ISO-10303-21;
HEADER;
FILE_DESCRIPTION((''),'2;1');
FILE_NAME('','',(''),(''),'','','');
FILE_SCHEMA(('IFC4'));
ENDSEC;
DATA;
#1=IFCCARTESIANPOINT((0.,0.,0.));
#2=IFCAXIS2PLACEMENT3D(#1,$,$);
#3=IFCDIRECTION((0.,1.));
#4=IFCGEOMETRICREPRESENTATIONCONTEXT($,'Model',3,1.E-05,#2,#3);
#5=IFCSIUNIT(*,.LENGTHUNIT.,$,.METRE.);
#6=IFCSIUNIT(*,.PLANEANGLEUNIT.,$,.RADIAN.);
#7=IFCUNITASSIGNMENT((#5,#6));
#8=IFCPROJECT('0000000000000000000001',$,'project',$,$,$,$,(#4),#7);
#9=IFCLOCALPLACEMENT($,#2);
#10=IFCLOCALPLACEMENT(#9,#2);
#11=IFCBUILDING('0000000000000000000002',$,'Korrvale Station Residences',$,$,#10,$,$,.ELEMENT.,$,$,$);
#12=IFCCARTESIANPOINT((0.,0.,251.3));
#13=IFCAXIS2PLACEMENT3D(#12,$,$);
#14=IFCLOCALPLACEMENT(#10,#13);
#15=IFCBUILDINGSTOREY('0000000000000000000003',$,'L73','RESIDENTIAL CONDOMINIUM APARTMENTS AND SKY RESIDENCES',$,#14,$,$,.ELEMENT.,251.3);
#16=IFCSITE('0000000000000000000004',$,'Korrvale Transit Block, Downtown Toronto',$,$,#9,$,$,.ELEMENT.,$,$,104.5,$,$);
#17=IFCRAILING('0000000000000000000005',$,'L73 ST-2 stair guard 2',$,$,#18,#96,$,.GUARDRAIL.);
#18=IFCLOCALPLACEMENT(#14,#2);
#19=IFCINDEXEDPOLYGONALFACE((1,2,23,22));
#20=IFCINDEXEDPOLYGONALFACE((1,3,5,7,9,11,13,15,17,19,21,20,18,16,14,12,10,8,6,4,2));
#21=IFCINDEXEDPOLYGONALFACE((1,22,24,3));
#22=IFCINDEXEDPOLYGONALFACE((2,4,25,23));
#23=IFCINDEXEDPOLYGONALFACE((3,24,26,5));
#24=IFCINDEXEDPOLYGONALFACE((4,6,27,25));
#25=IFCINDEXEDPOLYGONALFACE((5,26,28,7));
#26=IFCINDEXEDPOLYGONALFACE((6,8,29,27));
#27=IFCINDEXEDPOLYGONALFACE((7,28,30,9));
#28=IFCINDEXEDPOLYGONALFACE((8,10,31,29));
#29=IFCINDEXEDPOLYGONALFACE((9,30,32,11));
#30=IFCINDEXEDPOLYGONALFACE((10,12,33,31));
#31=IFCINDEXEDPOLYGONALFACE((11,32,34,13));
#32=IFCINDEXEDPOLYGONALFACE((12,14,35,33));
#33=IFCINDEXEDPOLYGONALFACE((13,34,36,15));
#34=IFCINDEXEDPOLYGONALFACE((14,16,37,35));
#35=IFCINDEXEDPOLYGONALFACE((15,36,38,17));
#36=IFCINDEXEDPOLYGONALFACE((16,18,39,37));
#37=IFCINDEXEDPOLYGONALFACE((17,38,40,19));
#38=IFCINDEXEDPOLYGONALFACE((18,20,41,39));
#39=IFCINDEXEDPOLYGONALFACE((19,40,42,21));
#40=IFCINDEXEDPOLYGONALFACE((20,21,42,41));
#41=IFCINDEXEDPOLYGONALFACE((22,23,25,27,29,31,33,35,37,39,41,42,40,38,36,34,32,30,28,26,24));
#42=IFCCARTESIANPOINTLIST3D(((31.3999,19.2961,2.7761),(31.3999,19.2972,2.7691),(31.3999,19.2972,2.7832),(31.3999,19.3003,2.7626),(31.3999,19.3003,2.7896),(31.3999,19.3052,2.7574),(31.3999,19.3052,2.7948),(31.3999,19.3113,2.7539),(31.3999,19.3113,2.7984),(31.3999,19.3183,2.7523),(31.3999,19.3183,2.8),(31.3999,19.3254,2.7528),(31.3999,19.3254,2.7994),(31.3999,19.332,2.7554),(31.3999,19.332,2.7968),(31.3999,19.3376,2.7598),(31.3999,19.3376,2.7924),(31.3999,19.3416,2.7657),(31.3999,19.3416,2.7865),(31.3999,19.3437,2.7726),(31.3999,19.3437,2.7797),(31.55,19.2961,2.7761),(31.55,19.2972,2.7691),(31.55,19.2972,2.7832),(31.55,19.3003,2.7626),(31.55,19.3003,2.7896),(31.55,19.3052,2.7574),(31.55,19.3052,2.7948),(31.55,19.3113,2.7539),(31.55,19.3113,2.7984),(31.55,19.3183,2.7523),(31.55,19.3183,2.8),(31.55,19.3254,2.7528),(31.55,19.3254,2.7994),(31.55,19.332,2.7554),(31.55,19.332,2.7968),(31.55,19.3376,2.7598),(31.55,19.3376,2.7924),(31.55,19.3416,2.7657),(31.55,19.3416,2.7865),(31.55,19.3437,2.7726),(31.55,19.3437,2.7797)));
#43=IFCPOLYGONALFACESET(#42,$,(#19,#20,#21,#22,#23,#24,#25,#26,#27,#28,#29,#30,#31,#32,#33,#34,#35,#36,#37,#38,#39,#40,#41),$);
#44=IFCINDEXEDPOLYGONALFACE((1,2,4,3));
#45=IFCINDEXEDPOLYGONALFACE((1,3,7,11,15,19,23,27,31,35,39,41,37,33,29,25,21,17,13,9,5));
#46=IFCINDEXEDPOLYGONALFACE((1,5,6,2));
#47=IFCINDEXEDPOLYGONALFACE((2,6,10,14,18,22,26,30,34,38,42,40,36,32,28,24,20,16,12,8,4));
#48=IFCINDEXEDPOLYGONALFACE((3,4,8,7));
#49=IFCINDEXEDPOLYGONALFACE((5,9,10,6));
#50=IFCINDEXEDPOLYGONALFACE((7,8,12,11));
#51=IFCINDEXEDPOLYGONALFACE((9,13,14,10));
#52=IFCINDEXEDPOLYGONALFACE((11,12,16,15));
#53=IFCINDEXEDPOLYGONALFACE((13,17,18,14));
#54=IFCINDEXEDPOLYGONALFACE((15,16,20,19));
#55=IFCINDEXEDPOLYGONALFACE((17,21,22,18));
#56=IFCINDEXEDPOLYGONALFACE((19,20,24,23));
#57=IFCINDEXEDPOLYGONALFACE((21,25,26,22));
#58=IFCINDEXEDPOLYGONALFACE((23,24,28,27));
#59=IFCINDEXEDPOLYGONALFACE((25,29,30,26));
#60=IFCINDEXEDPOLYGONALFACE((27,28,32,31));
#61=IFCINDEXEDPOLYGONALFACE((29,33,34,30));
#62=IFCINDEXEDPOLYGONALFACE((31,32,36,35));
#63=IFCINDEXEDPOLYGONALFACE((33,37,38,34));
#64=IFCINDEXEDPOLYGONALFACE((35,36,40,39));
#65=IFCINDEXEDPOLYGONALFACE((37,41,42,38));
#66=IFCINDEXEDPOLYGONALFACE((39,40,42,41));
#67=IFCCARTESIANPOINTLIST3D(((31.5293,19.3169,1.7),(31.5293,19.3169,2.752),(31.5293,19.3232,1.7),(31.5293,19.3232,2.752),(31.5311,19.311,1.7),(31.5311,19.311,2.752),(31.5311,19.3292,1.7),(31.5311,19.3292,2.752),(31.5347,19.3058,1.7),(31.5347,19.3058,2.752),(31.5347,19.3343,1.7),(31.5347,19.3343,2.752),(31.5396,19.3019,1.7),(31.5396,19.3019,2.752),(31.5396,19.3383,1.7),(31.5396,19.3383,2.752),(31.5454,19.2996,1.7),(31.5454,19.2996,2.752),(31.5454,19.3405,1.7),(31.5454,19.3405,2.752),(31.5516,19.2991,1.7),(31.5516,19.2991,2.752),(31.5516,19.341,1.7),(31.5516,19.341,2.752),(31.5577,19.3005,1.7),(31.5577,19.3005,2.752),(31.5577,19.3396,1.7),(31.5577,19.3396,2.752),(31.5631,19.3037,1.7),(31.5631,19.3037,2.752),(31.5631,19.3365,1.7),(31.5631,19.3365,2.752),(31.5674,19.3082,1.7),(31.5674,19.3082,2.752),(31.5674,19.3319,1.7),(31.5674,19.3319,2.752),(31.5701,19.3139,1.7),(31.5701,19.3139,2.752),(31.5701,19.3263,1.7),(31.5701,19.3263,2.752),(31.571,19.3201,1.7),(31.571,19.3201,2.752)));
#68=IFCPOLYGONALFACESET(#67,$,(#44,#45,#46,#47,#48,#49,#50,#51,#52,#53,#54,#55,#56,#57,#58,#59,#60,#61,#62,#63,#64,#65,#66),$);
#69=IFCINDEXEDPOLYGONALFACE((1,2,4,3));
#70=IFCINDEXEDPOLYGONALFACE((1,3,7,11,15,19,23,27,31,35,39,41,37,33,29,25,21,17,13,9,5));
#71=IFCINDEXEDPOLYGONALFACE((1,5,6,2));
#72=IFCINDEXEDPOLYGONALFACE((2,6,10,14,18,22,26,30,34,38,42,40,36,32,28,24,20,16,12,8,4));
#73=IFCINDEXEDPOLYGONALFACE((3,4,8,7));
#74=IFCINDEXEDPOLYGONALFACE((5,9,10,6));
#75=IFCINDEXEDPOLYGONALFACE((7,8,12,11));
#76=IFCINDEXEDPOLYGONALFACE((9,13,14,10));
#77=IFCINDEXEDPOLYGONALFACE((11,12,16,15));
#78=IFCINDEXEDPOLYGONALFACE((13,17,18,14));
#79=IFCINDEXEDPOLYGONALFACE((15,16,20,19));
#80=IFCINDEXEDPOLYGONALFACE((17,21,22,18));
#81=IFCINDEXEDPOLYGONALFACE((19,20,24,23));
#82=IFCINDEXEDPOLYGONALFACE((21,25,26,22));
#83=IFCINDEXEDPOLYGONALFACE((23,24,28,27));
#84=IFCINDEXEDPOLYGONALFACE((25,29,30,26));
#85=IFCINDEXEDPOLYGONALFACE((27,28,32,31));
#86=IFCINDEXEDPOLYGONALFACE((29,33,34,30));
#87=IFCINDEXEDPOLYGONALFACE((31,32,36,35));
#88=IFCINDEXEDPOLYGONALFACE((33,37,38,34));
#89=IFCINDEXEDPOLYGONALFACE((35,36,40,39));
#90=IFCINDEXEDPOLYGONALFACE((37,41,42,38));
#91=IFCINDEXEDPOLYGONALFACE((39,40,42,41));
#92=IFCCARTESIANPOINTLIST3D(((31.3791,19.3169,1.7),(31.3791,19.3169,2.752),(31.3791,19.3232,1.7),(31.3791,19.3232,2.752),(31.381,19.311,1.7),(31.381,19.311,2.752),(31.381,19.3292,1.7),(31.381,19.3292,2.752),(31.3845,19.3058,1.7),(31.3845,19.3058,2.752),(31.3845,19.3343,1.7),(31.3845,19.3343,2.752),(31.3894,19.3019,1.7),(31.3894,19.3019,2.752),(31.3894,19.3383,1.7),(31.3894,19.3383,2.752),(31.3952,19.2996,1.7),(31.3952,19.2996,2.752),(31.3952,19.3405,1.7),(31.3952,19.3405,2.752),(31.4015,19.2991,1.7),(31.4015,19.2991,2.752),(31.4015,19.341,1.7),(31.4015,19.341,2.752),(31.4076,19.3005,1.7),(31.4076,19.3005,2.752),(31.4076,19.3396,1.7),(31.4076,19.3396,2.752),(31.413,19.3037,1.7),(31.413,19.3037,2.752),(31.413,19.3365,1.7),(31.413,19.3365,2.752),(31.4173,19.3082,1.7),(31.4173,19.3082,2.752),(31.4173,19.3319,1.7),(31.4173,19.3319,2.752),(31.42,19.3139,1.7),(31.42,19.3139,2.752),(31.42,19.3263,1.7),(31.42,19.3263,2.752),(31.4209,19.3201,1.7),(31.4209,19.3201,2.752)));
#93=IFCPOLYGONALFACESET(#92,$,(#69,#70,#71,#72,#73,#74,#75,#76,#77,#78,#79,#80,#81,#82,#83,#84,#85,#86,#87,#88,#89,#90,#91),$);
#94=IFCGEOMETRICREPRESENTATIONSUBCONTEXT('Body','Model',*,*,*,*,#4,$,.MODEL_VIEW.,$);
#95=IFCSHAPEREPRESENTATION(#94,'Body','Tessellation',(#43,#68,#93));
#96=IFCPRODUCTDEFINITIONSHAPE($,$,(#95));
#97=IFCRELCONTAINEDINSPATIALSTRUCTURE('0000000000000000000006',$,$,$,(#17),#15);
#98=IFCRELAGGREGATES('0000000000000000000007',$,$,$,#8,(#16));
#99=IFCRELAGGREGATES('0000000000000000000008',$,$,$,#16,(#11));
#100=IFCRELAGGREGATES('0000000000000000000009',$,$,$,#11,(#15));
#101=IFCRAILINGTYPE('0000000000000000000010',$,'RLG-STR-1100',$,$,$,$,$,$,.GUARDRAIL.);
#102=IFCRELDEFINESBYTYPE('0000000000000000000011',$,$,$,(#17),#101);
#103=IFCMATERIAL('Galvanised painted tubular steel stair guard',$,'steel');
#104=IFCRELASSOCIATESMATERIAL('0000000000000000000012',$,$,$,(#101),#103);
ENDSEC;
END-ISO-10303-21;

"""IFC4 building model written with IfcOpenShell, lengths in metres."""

from ifc_helpers import new_model, si_unit, direction, frame, origin, origin_2d, place, context, subcontext, project, spatial, circle, extrude, material, type_object, element, save


model = new_model("IFC4")

# Units and contexts
model_context = context("Model", 3, precision=1e-05, world=origin(), true_north=direction((0.0, 1.0)))
body_context = subcontext(model_context, "Body", "Model", "MODEL_VIEW")
ifc_project = project(units=[si_unit("LENGTHUNIT", "METRE"), si_unit("PLANEANGLEUNIT", "RADIAN")], contexts=[model_context])

# Site, building, storey
site_placement = place(None, origin())
site = spatial("IfcSite", under=ifc_project, at=site_placement, Name="Korrvale Transit Block, Downtown Toronto", CompositionType="ELEMENT", RefElevation=104.5)
building_placement = place(site_placement, origin())
building = spatial("IfcBuilding", under=site, at=building_placement, Name="Korrvale Station Residences", CompositionType="ELEMENT")
storey_placement = place(building_placement, frame((0.0, 0.0, 251.3)))
storey = spatial("IfcBuildingStorey", under=building, at=storey_placement, Name="L73", Description="RESIDENTIAL CONDOMINIUM APARTMENTS AND SKY RESIDENCES", CompositionType="ELEMENT", Elevation=251.3)

# Railing
ifc_material_1 = material(Name="Galvanised painted tubular steel stair guard", Category="steel")
railing_type_1 = type_object("IfcRailingType", Name="RLG-STR-1100", PredefinedType="GUARDRAIL", material=ifc_material_1)
railing_1_placement = place(storey_placement, frame((31.55, 19.3201, 1.7)))
element("IfcRailing", 1, at=railing_1_placement, inside=storey, type_object=railing_type_1, Name="L73 ST-2 stair guard 2", PredefinedType="GUARDRAIL", context=body_context, shape_type="SweptSolid", body=[
    extrude(circle(Radius=0.0239, at=origin_2d()), frame((0.0, 0.0, 1.0762), z_axis=(-1.0, 0.0, 0.0), x_axis=(0.0, -1.0, 0.0)), (0.0, 0.0, 1.0), 0.1501),
    extrude(circle(Radius=0.021, at=origin_2d()), origin(), (0.0, 0.0, 1.0), 1.052),
    extrude(circle(Radius=0.021, at=origin_2d()), frame((-0.1501, 0.0, 0.0)), (0.0, 0.0, 1.0), 1.052),
])

save(model, "model.ifc")
